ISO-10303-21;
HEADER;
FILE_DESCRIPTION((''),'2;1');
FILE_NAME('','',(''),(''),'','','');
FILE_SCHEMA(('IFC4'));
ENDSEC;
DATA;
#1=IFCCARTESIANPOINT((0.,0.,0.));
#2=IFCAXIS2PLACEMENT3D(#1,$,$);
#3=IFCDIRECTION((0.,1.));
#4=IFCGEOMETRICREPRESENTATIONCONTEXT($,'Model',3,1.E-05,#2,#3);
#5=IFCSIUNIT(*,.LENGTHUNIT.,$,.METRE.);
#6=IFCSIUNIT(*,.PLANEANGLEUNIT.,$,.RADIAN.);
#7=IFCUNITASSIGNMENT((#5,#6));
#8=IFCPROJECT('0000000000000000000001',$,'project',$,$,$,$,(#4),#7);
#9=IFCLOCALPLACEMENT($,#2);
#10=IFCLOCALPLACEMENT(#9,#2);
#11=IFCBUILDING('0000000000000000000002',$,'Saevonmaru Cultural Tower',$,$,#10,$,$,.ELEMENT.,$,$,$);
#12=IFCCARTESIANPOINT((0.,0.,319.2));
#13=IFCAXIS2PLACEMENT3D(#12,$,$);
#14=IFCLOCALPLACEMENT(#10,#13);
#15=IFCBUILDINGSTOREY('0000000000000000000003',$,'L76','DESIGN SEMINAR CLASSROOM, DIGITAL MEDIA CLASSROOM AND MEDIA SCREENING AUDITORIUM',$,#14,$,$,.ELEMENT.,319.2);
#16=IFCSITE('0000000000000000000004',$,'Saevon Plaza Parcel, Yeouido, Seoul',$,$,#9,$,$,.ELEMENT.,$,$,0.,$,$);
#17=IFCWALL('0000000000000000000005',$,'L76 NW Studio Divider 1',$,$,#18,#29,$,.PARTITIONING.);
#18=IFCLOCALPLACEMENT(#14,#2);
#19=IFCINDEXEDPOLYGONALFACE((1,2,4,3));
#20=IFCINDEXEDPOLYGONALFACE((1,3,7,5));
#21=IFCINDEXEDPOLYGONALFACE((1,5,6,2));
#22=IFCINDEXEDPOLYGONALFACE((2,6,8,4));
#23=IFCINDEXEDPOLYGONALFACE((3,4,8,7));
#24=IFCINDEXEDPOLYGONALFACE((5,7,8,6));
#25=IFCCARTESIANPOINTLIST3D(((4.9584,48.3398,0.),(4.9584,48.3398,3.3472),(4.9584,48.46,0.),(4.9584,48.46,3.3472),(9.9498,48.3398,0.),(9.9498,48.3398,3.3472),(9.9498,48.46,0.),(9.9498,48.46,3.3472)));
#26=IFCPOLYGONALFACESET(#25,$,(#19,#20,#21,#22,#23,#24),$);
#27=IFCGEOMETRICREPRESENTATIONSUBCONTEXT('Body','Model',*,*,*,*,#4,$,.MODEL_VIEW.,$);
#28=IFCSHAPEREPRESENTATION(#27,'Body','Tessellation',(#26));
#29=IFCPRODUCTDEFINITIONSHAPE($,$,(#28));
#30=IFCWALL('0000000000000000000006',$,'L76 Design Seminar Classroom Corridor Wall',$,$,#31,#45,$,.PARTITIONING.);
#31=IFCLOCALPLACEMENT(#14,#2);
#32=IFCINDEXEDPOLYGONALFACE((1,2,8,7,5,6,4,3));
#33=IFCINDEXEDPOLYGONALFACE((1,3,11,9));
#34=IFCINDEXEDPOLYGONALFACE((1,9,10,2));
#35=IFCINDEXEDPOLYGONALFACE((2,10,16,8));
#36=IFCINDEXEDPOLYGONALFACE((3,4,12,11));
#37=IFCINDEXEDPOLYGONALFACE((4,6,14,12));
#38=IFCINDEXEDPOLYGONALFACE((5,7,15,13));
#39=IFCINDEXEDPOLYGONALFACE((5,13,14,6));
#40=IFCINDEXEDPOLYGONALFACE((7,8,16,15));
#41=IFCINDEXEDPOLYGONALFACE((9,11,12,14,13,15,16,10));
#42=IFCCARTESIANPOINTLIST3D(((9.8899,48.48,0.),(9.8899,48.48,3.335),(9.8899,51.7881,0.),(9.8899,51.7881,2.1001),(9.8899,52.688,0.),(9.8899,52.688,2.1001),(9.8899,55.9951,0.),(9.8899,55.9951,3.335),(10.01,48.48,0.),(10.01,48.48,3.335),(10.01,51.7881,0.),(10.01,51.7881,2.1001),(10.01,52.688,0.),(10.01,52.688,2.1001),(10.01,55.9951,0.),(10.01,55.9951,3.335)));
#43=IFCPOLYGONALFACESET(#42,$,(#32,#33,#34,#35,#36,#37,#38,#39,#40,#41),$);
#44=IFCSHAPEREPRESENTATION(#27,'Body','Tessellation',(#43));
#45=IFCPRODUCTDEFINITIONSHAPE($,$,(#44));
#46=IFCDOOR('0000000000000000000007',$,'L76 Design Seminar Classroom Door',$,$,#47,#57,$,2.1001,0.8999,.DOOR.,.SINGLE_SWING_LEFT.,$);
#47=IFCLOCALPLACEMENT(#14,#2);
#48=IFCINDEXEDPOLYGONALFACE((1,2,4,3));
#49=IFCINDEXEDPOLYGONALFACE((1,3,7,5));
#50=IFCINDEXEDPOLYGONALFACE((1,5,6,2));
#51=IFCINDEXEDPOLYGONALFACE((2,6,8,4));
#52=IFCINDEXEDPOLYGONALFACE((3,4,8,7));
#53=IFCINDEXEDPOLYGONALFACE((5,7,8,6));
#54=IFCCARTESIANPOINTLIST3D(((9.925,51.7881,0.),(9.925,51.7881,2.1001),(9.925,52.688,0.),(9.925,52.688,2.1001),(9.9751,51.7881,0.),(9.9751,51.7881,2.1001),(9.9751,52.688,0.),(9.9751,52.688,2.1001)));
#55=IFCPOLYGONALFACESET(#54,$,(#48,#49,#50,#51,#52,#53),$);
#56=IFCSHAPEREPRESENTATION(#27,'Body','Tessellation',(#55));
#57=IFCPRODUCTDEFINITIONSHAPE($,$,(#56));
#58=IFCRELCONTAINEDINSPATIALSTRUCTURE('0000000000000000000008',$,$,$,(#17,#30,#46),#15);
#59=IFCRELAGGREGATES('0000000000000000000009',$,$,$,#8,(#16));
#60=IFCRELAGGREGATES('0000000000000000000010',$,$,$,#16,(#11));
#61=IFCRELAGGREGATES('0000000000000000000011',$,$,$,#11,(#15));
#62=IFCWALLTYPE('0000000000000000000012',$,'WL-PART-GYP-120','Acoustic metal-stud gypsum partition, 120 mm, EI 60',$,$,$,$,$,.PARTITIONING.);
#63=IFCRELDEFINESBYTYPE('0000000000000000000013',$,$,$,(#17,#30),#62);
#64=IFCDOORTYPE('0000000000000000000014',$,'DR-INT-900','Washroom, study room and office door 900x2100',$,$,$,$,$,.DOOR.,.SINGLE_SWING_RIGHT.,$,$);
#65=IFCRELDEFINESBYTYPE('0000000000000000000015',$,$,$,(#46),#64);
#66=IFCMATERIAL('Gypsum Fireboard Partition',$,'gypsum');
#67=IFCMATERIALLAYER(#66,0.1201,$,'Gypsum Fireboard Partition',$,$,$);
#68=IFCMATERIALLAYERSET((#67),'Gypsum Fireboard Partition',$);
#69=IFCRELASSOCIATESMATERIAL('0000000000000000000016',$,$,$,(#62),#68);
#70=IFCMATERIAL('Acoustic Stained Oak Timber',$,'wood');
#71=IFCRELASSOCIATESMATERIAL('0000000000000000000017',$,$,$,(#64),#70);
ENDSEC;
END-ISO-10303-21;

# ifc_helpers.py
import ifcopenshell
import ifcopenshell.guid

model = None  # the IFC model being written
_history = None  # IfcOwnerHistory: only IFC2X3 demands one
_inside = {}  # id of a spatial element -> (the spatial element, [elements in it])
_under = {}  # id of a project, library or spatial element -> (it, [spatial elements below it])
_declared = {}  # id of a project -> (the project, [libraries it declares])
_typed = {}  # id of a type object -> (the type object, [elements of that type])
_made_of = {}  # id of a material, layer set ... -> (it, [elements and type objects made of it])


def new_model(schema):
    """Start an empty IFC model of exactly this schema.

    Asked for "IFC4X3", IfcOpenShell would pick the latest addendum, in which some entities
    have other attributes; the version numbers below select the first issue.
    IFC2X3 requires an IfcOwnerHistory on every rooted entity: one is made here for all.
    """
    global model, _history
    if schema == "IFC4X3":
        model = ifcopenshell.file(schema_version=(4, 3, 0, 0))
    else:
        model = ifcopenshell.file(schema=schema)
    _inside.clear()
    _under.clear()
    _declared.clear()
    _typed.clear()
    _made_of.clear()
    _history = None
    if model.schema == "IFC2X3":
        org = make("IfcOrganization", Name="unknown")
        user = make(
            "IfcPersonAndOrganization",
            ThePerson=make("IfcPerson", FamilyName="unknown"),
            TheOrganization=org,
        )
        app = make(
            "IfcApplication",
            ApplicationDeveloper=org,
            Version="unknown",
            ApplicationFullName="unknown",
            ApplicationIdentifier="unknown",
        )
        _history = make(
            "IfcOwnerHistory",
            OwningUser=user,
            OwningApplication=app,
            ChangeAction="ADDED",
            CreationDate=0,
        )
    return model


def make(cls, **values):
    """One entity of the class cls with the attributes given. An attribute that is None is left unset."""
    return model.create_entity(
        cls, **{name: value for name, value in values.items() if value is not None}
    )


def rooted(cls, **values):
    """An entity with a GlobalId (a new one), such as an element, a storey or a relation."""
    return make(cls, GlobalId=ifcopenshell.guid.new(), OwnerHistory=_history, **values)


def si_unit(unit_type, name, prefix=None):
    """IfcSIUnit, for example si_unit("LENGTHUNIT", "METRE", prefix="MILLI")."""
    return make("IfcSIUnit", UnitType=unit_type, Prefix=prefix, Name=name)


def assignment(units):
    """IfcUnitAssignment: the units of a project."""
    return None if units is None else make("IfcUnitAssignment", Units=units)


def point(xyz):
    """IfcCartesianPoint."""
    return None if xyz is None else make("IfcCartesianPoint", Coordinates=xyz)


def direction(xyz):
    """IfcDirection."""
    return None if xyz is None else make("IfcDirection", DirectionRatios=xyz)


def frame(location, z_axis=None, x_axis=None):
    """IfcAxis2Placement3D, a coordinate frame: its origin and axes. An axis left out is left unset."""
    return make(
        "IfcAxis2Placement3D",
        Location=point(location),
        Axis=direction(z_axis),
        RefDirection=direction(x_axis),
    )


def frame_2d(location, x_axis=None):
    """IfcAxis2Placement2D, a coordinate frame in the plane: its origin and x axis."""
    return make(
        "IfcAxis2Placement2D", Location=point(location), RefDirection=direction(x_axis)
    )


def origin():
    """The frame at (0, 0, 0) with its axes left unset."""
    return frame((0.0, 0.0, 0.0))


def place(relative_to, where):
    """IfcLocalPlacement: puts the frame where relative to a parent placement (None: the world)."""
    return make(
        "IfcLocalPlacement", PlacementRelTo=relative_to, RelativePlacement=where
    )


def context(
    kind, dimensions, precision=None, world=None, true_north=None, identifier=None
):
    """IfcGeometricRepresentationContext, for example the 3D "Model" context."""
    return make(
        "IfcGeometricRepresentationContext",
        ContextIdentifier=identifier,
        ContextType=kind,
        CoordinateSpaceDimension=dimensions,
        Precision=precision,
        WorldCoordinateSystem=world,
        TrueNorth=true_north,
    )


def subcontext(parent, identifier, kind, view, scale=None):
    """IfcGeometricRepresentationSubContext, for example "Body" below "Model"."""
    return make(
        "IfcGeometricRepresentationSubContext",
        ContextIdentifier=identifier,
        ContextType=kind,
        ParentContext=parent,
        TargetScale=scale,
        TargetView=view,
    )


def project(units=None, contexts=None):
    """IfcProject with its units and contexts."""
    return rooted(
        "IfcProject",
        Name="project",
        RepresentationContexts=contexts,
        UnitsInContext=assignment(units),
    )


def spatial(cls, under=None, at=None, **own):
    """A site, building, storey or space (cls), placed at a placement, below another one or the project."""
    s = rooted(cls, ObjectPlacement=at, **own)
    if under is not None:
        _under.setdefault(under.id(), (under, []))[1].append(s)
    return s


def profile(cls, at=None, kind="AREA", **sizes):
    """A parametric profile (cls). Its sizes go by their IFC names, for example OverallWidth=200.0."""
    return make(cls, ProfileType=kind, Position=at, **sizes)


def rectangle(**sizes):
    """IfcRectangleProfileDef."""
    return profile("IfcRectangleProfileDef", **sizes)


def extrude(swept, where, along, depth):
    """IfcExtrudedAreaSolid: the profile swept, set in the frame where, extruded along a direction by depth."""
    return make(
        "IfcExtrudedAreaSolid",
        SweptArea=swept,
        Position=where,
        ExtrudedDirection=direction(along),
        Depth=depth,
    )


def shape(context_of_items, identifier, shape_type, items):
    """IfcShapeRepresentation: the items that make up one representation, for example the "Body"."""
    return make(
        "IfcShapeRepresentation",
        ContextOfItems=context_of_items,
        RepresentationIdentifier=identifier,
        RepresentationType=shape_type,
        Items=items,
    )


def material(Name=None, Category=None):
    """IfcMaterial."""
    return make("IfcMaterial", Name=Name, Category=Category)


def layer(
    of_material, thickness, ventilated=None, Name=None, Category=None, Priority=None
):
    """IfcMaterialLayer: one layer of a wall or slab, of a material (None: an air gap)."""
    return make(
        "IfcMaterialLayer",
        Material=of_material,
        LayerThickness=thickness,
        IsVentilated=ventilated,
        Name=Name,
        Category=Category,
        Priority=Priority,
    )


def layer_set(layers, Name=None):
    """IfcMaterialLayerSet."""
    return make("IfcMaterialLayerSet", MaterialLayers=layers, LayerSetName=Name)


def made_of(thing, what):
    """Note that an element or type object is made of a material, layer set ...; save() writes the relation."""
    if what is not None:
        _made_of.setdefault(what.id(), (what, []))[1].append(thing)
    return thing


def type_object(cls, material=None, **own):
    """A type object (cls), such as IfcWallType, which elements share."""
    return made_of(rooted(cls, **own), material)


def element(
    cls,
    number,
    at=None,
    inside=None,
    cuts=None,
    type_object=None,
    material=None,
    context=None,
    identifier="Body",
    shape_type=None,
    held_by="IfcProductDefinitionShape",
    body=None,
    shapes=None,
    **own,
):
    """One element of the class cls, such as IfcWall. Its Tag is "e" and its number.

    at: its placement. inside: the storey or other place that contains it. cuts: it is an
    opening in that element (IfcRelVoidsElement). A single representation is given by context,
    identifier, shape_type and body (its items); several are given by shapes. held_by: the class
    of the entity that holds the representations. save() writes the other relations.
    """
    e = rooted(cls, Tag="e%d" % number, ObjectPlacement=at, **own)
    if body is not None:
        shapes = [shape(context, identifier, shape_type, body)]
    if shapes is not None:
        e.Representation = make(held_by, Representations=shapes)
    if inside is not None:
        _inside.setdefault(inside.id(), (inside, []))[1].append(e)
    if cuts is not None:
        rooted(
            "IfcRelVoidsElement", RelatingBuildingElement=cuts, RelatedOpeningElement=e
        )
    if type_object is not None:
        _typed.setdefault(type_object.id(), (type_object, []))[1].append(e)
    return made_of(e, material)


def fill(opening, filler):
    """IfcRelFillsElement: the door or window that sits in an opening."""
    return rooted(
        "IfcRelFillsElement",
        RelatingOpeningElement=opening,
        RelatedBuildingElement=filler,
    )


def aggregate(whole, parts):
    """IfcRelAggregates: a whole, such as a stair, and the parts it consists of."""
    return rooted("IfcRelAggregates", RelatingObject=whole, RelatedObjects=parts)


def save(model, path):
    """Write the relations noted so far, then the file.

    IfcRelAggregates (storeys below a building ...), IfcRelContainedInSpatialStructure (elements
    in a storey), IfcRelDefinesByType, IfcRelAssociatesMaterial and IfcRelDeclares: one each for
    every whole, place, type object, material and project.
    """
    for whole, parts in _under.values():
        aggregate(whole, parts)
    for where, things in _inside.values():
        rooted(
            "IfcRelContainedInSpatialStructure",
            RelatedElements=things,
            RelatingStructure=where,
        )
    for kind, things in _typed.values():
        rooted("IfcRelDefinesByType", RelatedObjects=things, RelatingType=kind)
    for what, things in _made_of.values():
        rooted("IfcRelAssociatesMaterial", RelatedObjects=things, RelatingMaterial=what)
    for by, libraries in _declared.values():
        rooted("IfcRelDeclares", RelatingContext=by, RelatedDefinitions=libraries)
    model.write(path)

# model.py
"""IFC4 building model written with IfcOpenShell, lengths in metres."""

from ifc_helpers import new_model, si_unit, direction, frame, frame_2d, origin, place, context, subcontext, project, spatial, rectangle, extrude, material, layer, layer_set, type_object, element, fill, save


model = new_model("IFC4")

# Units and contexts
model_context = context("Model", 3, precision=1e-05, world=origin(), true_north=direction((0.0, 1.0)))
body_context = subcontext(model_context, "Body", "Model", "MODEL_VIEW")
ifc_project = project(units=[si_unit("LENGTHUNIT", "METRE"), si_unit("PLANEANGLEUNIT", "RADIAN")], contexts=[model_context])

# Site, building, storey
site_placement = place(None, origin())
site = spatial("IfcSite", under=ifc_project, at=site_placement, Name="Saevon Plaza Parcel, Yeouido, Seoul", CompositionType="ELEMENT", RefElevation=0.0)
building_placement = place(site_placement, origin())
building = spatial("IfcBuilding", under=site, at=building_placement, Name="Saevonmaru Cultural Tower", CompositionType="ELEMENT")
storey_placement = place(building_placement, frame((0.0, 0.0, 319.2)))
storey = spatial("IfcBuildingStorey", under=building, at=storey_placement, Name="L76", Description="DESIGN SEMINAR CLASSROOM, DIGITAL MEDIA CLASSROOM AND MEDIA SCREENING AUDITORIUM", CompositionType="ELEMENT", Elevation=319.2)

# Shared definitions
ifc_material_1 = material(Name="Gypsum Fireboard Partition", Category="gypsum")
ifc_material_2 = material(Name="Acoustic Stained Oak Timber", Category="wood")

# Wall
ifc_layer_1 = layer(ifc_material_1, 0.1201, Name="Gypsum Fireboard Partition")
ifc_layer_set_1 = layer_set([ifc_layer_1], Name="Gypsum Fireboard Partition")
wall_type_1 = type_object("IfcWallType", Name="WL-PART-GYP-120", Description="Acoustic metal-stud gypsum partition, 120 mm, EI 60", PredefinedType="PARTITIONING", material=ifc_layer_set_1)
wall_1_placement = place(storey_placement, frame((4.9585, 48.3999, 0.0), z_axis=(0.0, 0.0, 1.0), x_axis=(1.0, 0.0, 0.0)))
element("IfcWall", 1, at=wall_1_placement, inside=storey, type_object=wall_type_1, Name="L76 NW Studio Divider 1", PredefinedType="PARTITIONING", context=body_context, shape_type="SweptSolid", body=[
    extrude(rectangle(XDim=4.9915, YDim=0.1201, at=frame_2d((2.4956, 0.0))), origin(), (0.0, 0.0, 1.0), 3.3472),
])

# Wall, opening, door
wall_2_placement = place(storey_placement, frame((9.95, 48.48, 0.0), z_axis=(0.0, 0.0, 1.0), x_axis=(0.0, 1.0, 0.0)))
wall_2 = element("IfcWall", 2, at=wall_2_placement, inside=storey, type_object=wall_type_1, Name="L76 Design Seminar Classroom Corridor Wall", PredefinedType="PARTITIONING", context=body_context, shape_type="SweptSolid", body=[
    extrude(rectangle(XDim=7.5151, YDim=0.1201, at=frame_2d((3.7576, 0.0))), origin(), (0.0, 0.0, 1.0), 3.335),
])
opening_1_placement = place(wall_2_placement, frame((3.3081, 0.0, 0.0)))
opening_1 = element("IfcOpeningElement", 3, at=opening_1_placement, cuts=wall_2, PredefinedType="OPENING", context=body_context, shape_type="SweptSolid", body=[
    extrude(rectangle(XDim=0.8999, YDim=2.1001, at=frame_2d((0.45, 1.05))), frame((0.0, 0.0701, 0.0), z_axis=(0.0, -1.0, 0.0), x_axis=(1.0, 0.0, 0.0)), (0.0, 0.0, 1.0), 0.1401),
])
door_type_1 = type_object("IfcDoorType", Name="DR-INT-900", Description="Washroom, study room and office door 900x2100", OperationType="SINGLE_SWING_RIGHT", PredefinedType="DOOR", material=ifc_material_2)
door_1_placement = place(opening_1_placement, origin())
door_1 = element("IfcDoor", 4, at=door_1_placement, inside=storey, type_object=door_type_1, Name="L76 Design Seminar Classroom Door", OperationType="SINGLE_SWING_LEFT", OverallHeight=2.1001, OverallWidth=0.8999, PredefinedType="DOOR", context=body_context, shape_type="SweptSolid", body=[
    extrude(rectangle(XDim=0.8999, YDim=2.1001, at=frame_2d((0.45, 1.05))), frame((0.0, 0.0249, 0.0), z_axis=(0.0, -1.0, 0.0), x_axis=(1.0, 0.0, 0.0)), (0.0, 0.0, 1.0), 0.05),
])
fill(opening_1, door_1)

save(model, "model.ifc")
